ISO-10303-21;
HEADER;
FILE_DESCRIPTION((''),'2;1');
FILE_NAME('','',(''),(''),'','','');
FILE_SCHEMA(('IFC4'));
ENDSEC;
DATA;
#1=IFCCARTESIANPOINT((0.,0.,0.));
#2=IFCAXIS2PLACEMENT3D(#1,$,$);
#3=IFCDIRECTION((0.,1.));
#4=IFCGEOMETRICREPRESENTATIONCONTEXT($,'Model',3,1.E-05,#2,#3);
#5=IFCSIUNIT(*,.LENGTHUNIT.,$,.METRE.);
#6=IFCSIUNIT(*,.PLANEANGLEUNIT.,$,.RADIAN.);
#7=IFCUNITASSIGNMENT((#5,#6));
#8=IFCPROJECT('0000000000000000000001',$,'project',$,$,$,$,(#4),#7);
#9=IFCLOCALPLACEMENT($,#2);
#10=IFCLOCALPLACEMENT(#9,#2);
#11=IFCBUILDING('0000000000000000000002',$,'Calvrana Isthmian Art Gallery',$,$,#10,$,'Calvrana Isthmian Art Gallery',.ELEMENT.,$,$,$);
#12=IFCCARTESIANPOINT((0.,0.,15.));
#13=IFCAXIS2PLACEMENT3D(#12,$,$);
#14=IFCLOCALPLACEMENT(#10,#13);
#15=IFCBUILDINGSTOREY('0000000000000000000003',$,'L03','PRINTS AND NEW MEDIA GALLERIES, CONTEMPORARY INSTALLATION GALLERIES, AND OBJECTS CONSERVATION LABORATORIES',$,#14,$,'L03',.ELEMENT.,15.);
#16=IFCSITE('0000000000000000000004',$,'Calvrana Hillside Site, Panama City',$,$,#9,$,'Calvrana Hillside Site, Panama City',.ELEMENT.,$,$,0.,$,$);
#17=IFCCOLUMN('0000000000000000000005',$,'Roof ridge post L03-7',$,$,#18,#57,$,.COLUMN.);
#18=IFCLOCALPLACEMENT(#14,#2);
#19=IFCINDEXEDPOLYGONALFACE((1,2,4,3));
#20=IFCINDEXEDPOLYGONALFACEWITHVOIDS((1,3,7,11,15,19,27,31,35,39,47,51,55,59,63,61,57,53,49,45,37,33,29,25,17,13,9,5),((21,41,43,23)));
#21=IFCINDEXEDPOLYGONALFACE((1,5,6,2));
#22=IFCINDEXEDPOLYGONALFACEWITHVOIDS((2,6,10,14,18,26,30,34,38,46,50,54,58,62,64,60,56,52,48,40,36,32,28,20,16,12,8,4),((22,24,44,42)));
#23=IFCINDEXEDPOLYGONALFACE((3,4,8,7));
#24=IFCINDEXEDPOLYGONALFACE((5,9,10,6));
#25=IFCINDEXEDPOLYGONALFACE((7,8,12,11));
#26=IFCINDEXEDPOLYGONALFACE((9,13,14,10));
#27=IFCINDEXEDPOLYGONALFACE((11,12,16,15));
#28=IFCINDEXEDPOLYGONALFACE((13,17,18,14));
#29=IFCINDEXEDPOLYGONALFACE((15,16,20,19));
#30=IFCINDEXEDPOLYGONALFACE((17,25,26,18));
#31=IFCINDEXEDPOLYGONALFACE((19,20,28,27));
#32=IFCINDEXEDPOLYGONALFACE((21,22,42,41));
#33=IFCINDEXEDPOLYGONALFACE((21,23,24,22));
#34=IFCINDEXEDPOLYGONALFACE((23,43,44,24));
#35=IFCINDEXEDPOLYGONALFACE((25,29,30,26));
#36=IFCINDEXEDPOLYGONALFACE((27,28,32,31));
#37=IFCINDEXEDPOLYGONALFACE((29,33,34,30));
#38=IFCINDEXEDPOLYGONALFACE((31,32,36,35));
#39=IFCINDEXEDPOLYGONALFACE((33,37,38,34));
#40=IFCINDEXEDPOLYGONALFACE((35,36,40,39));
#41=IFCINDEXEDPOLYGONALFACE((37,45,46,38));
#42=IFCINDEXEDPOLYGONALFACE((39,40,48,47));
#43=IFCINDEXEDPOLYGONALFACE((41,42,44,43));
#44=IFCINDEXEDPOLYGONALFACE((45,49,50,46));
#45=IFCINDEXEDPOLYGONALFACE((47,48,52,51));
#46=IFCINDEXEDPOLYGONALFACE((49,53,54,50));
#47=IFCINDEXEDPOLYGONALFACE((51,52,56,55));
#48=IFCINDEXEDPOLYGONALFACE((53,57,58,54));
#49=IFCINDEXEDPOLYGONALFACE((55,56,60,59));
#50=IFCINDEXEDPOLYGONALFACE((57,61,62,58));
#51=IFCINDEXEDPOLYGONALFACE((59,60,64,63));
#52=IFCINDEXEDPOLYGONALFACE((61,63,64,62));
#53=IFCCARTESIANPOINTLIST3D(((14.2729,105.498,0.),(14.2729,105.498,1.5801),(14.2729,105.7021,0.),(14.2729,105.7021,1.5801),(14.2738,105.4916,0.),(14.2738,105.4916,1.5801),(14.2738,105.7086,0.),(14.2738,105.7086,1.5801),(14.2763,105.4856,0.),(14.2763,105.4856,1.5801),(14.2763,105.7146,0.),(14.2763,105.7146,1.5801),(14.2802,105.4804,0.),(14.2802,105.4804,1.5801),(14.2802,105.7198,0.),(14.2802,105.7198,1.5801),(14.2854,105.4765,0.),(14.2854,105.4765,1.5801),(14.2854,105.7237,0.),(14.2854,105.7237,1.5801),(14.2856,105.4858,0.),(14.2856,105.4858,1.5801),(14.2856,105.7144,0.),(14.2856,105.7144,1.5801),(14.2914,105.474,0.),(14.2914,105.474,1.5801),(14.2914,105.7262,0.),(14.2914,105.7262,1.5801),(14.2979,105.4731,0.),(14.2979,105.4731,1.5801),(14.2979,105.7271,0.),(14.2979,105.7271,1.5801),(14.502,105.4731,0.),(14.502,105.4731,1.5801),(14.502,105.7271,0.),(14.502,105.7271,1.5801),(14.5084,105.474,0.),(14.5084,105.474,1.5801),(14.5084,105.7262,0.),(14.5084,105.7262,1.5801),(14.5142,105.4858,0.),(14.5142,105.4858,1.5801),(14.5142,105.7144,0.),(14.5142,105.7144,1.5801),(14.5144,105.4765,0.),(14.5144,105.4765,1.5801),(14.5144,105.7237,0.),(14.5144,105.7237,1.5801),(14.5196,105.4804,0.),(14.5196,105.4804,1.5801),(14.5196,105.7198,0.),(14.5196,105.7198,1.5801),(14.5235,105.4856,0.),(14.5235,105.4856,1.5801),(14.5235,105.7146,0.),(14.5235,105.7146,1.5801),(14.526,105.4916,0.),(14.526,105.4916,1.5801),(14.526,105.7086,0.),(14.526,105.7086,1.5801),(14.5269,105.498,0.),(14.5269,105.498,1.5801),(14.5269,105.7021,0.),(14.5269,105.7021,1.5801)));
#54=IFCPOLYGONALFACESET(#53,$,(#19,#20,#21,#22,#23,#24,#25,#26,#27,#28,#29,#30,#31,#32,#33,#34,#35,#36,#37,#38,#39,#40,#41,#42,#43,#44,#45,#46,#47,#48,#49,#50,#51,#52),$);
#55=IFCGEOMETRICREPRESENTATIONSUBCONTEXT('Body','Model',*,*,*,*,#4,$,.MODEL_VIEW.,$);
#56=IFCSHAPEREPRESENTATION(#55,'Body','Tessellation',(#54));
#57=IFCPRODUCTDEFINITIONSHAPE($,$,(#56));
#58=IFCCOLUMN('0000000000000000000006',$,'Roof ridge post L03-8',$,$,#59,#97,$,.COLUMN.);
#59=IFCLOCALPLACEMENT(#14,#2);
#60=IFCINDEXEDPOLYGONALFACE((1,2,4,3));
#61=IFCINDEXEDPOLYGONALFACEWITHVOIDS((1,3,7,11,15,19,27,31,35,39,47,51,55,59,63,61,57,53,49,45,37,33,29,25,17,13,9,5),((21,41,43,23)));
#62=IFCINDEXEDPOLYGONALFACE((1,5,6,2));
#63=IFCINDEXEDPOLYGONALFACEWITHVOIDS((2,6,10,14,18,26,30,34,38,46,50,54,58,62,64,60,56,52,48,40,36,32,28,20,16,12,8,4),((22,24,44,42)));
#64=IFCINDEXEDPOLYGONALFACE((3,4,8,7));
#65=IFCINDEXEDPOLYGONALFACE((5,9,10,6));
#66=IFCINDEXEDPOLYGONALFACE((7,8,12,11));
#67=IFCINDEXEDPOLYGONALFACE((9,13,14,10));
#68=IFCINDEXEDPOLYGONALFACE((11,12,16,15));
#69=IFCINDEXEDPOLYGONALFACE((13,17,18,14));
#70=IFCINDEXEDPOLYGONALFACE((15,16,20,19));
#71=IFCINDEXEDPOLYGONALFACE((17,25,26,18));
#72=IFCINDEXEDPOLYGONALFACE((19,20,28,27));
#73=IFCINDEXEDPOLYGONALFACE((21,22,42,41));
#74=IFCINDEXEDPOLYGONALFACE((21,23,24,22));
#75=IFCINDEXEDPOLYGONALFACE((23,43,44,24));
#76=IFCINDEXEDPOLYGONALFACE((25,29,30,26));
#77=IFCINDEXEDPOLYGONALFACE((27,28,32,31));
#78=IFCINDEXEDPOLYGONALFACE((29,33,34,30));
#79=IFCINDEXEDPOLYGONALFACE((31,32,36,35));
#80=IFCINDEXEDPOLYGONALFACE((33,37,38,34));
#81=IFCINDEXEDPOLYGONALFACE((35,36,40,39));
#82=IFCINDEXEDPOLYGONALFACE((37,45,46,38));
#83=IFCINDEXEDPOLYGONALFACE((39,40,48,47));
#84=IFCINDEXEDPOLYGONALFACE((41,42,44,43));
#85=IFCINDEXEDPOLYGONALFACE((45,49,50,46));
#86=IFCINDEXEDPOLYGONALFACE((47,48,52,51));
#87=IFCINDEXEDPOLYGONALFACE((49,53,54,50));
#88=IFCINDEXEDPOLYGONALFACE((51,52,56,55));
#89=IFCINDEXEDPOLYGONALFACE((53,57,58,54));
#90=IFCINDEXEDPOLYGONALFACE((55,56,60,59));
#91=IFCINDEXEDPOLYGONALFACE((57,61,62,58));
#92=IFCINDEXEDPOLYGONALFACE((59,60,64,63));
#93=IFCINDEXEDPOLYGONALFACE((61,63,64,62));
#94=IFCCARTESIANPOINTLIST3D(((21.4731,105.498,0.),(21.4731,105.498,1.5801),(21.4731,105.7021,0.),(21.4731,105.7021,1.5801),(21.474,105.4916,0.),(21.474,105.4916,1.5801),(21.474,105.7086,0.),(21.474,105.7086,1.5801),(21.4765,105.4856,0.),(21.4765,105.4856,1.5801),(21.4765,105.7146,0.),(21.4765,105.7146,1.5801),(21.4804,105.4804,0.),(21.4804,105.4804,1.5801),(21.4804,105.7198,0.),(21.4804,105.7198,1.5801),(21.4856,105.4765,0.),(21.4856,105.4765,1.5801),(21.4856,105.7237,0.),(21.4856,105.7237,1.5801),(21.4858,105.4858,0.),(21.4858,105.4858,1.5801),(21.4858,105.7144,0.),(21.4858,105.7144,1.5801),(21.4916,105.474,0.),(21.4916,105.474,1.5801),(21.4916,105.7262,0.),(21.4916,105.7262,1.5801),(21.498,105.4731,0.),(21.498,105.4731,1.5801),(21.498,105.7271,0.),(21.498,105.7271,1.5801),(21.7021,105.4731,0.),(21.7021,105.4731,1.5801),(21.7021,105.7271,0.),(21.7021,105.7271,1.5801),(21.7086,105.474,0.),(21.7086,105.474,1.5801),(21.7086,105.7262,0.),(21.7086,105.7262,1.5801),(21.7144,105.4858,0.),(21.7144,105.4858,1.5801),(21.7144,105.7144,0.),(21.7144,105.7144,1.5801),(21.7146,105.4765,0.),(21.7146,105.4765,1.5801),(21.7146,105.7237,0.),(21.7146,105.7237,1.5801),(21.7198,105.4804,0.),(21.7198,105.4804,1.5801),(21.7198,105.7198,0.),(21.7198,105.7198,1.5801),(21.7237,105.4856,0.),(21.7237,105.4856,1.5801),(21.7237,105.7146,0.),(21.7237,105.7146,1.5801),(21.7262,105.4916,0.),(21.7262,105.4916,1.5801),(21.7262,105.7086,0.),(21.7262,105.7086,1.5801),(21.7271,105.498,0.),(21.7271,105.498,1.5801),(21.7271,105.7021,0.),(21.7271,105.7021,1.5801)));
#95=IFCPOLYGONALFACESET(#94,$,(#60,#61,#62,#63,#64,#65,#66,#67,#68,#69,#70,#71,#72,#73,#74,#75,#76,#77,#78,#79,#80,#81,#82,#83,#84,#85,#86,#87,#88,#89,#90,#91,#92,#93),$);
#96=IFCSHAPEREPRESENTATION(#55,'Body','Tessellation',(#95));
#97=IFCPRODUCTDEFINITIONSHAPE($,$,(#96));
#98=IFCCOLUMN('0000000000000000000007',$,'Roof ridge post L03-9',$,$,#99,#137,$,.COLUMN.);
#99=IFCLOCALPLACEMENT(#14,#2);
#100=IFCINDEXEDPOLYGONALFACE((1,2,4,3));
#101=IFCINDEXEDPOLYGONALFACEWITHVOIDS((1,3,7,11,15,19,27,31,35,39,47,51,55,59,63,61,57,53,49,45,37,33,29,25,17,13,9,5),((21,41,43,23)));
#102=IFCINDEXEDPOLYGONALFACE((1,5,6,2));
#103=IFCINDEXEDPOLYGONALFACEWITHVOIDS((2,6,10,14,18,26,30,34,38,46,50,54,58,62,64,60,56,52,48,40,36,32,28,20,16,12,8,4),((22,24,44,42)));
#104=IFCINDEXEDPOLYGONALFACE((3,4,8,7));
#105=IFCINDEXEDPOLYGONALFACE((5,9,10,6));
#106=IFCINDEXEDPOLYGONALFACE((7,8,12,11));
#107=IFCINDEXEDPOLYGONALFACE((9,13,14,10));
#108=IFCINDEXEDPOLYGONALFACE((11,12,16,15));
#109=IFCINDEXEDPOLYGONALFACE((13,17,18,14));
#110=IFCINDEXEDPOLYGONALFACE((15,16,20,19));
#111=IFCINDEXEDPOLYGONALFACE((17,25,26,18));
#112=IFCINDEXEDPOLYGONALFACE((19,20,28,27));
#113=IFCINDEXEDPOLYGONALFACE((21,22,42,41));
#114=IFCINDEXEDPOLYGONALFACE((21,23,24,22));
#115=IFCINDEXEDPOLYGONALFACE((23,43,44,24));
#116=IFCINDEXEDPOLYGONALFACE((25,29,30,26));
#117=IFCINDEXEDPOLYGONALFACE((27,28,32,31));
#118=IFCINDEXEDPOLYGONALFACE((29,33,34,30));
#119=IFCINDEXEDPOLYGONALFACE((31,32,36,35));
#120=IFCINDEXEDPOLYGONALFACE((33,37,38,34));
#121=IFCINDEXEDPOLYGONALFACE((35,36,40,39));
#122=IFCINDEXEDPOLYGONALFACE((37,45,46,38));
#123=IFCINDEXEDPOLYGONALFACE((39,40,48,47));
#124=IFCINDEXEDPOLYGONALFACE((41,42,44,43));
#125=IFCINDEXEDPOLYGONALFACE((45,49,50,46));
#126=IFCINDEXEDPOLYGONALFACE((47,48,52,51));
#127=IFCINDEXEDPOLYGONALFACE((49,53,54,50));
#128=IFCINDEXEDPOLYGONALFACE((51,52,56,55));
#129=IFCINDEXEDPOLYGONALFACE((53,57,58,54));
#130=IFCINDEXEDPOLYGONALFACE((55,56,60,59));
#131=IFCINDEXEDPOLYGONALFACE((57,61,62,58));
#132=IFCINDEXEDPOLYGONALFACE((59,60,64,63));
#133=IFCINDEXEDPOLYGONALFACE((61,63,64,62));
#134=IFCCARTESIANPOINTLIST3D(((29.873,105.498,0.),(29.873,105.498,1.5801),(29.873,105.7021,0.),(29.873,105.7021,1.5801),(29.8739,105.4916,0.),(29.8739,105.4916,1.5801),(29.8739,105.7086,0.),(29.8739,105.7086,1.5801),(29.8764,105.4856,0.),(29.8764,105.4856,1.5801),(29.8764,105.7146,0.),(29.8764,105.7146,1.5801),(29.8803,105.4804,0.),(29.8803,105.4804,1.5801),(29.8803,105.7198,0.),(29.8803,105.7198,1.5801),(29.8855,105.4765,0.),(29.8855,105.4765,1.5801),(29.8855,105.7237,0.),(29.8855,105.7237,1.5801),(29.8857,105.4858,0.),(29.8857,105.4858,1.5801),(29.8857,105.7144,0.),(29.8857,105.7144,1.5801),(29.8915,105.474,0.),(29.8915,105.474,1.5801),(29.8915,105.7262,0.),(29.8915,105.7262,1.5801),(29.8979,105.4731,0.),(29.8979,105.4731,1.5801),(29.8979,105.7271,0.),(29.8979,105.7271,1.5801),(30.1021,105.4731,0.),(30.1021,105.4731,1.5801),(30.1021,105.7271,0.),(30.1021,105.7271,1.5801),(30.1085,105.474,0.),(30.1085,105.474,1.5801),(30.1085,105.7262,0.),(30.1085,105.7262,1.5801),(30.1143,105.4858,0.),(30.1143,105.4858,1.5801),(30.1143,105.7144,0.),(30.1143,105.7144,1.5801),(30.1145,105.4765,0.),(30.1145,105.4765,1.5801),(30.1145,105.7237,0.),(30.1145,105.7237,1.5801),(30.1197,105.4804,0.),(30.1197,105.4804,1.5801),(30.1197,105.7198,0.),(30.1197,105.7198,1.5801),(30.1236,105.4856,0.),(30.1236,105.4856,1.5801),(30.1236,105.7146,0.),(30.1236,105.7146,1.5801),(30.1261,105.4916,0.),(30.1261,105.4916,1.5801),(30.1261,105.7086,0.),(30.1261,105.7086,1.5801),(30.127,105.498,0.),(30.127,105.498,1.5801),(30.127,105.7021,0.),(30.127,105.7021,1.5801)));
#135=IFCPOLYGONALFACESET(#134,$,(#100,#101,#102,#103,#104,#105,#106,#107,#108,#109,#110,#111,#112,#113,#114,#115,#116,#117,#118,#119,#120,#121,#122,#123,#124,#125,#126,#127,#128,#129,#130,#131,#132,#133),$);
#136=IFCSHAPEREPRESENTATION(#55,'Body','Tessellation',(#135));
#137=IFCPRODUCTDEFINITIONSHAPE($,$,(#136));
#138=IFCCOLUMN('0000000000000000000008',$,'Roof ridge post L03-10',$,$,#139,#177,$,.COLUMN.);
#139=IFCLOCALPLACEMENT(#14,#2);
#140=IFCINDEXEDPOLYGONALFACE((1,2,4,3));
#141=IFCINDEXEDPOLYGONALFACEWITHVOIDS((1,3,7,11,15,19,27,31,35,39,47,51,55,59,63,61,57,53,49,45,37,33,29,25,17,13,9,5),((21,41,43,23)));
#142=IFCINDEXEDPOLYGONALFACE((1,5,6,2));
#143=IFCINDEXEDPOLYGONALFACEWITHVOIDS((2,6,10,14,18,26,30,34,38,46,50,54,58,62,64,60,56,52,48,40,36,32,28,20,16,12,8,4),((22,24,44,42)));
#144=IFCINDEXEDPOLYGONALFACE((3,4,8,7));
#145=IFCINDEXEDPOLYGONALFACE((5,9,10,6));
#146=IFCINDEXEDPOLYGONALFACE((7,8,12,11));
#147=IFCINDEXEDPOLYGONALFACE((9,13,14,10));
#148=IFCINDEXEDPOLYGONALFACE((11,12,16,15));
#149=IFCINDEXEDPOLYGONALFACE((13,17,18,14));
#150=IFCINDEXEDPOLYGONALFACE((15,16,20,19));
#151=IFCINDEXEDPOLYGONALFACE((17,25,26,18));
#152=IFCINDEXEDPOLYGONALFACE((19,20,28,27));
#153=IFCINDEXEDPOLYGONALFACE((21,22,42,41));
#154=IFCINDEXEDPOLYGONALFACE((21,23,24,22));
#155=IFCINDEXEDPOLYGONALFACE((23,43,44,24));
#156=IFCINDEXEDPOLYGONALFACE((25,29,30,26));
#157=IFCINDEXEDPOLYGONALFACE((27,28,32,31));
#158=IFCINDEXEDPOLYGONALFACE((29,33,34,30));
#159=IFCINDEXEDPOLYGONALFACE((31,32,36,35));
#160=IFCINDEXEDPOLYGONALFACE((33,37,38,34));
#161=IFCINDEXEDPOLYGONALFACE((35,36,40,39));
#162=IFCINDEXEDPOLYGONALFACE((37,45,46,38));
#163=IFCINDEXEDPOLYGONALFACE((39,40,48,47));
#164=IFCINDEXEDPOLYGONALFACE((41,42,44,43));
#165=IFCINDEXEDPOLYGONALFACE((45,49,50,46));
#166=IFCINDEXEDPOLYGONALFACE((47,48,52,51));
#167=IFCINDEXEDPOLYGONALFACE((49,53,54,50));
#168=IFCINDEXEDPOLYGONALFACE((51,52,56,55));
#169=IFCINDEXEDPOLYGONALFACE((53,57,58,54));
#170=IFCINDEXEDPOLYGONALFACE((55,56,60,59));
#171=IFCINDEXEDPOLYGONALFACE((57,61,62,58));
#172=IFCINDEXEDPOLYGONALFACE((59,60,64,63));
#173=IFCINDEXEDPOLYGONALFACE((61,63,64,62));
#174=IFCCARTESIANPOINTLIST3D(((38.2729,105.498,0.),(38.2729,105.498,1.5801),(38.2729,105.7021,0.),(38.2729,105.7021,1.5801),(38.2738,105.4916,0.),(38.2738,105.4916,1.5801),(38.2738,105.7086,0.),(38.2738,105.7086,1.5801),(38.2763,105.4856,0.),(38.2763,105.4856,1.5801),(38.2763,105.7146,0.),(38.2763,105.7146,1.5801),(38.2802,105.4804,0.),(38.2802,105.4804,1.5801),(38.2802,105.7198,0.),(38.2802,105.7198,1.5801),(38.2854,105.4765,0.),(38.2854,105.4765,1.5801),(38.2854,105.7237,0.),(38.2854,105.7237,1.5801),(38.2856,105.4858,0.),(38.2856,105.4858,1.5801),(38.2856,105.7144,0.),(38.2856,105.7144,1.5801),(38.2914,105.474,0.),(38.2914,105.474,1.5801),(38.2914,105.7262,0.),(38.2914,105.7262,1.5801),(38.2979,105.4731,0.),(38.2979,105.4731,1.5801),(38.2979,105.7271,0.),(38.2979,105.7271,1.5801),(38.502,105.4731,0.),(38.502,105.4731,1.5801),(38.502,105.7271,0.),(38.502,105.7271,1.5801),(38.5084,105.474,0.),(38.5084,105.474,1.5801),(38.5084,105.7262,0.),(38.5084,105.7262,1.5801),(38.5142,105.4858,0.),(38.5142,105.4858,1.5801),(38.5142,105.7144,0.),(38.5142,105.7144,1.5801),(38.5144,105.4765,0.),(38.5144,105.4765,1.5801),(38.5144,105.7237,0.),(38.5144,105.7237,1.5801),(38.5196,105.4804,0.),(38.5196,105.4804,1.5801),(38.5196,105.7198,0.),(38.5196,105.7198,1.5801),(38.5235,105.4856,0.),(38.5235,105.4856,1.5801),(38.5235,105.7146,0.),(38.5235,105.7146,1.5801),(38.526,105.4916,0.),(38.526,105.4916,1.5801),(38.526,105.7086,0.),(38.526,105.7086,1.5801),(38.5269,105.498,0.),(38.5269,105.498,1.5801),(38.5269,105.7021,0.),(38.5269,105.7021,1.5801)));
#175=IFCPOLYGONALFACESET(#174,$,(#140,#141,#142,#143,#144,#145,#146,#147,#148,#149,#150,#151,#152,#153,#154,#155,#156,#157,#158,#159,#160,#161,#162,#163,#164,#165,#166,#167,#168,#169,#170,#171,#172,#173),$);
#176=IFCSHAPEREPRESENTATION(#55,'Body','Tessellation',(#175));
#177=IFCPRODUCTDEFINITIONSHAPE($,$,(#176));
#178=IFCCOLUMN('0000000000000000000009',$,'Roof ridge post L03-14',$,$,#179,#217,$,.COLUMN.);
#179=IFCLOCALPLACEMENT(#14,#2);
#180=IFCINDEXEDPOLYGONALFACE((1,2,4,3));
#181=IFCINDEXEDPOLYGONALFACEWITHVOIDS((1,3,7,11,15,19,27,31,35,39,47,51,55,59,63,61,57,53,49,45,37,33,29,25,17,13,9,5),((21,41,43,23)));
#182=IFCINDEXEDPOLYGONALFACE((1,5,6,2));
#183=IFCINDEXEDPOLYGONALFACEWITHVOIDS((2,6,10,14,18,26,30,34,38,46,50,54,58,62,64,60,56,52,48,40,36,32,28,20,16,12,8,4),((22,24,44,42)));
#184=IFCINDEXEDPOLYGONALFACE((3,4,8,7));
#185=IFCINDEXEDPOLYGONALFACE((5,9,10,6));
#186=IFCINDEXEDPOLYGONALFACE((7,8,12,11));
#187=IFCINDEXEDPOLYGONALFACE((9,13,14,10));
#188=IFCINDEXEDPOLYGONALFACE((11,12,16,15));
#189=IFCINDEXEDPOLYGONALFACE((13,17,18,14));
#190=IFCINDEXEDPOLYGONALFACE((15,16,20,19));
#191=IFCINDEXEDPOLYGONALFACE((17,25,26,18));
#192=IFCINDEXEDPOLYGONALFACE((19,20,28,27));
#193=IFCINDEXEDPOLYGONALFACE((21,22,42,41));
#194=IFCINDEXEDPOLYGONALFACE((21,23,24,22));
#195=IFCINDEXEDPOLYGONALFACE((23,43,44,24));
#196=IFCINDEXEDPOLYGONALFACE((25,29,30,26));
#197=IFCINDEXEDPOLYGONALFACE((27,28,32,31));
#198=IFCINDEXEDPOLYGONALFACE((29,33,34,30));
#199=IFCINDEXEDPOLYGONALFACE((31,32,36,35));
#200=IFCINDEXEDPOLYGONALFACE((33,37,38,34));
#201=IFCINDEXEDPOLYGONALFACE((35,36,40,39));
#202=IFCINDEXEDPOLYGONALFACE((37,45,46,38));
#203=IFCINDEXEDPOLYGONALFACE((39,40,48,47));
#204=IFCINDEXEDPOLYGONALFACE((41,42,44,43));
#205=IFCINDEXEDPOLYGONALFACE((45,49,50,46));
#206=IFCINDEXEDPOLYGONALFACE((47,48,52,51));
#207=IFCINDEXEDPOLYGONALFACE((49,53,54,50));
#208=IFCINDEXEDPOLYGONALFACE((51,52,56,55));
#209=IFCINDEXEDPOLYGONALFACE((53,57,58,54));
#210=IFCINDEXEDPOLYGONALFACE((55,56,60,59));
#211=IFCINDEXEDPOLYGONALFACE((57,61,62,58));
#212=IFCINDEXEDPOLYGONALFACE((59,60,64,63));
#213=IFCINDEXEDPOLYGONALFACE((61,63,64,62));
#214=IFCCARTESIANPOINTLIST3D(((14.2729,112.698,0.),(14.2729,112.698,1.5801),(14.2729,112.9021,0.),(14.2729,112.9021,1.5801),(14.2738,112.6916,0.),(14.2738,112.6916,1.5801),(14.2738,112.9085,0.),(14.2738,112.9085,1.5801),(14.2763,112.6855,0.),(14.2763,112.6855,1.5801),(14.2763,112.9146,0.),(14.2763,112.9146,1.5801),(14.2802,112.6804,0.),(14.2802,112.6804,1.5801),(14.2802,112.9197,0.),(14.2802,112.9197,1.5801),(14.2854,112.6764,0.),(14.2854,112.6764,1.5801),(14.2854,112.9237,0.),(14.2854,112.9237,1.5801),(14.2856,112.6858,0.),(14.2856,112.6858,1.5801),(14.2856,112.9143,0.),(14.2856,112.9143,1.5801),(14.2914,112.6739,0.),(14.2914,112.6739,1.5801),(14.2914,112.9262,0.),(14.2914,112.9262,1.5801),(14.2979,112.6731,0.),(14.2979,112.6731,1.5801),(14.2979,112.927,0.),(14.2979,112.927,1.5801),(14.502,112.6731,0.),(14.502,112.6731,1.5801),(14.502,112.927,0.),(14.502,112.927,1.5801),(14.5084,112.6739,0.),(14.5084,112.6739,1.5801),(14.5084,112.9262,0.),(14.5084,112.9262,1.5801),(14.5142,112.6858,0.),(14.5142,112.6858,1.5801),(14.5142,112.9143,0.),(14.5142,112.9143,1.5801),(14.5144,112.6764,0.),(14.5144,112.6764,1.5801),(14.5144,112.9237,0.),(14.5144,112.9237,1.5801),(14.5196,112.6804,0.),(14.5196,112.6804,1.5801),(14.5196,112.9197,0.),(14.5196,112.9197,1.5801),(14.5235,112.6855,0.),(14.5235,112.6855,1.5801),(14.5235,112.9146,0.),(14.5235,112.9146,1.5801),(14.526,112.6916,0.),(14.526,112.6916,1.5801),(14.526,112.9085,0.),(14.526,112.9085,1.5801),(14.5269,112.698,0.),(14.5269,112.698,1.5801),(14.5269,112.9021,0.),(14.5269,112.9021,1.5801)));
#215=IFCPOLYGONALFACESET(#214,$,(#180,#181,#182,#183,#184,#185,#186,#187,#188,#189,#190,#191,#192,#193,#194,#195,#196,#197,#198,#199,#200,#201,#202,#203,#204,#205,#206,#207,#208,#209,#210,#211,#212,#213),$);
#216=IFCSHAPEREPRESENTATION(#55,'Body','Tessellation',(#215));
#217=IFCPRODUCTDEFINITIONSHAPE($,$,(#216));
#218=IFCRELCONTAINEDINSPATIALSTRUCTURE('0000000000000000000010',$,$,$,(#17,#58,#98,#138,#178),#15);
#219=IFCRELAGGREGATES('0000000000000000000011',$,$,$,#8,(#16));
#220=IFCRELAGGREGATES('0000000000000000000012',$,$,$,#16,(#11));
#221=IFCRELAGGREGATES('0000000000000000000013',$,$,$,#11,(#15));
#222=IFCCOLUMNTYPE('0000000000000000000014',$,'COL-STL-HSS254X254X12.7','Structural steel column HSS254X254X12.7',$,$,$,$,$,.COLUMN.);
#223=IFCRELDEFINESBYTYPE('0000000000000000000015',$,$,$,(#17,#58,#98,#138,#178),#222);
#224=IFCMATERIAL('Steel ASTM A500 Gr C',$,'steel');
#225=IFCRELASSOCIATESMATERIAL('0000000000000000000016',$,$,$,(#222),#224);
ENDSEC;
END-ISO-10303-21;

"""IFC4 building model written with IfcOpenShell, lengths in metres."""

from ifc_helpers import new_model, si_unit, direction, frame, origin, origin_2d, place, context, subcontext, project, spatial, hollow_rectangle, extrude, material, material_profile, profile_set, type_object, element, save


model = new_model("IFC4")

# Units and contexts
model_context = context("Model", 3, precision=1e-05, world=origin(), true_north=direction((0.0, 1.0)))
body_context = subcontext(model_context, "Body", "Model", "MODEL_VIEW")
ifc_project = project(units=[si_unit("LENGTHUNIT", "METRE"), si_unit("PLANEANGLEUNIT", "RADIAN")], contexts=[model_context])

# Site, building, storey
site_placement = place(None, origin())
site = spatial("IfcSite", under=ifc_project, at=site_placement, Name="Calvrana Hillside Site, Panama City", LongName="Calvrana Hillside Site, Panama City", CompositionType="ELEMENT", RefElevation=0.0)
building_placement = place(site_placement, origin())
building = spatial("IfcBuilding", under=site, at=building_placement, Name="Calvrana Isthmian Art Gallery", LongName="Calvrana Isthmian Art Gallery", CompositionType="ELEMENT")
storey_placement = place(building_placement, frame((0.0, 0.0, 15.0)))
storey = spatial("IfcBuildingStorey", under=building, at=storey_placement, Name="L03", Description="PRINTS AND NEW MEDIA GALLERIES, CONTEMPORARY INSTALLATION GALLERIES, AND OBJECTS CONSERVATION LABORATORIES", LongName="L03", CompositionType="ELEMENT", Elevation=15.0)

# Columns
ifc_material_1 = material(Name="Steel ASTM A500 Gr C", Category="steel")
ifc_material_profile_1 = material_profile(ifc_material_1, hollow_rectangle(XDim=0.2539, YDim=0.2539, WallThickness=0.0127, OuterFilletRadius=0.0249, at=origin_2d()), Name="HSS254X254X12.7")
ifc_profile_set_1 = profile_set([ifc_material_profile_1], Name="Steel ASTM A500 Gr C")
column_type = type_object("IfcColumnType", Name="COL-STL-HSS254X254X12.7", Description="Structural steel column HSS254X254X12.7", PredefinedType="COLUMN", material=ifc_profile_set_1)
for number, where, z_axis, x_axis, name in (
    (1, (14.3999, 105.6001, 0.0), (0.0, 0.0, 1.0), (1.0, 0.0, 0.0), "Roof ridge post L03-7"),
    (2, (21.6001, 105.6001, 0.0), (0.0, 0.0, 1.0), (1.0, 0.0, 0.0), "Roof ridge post L03-8"),
    (3, (30.0, 105.6001, 0.0), (0.0, 0.0, 1.0), (1.0, 0.0, 0.0), "Roof ridge post L03-9"),
    (4, (38.3999, 105.6001, 0.0), (0.0, 0.0, 1.0), (1.0, 0.0, 0.0), "Roof ridge post L03-10"),
    (5, (14.3999, 112.8, 0.0), (0.0, 0.0, 1.0), (1.0, 0.0, 0.0), "Roof ridge post L03-14"),
):
    element("IfcColumn", number, at=place(storey_placement, frame(where, z_axis=z_axis, x_axis=x_axis)), inside=storey, type_object=column_type, Name=name, PredefinedType="COLUMN", context=body_context, shape_type="SweptSolid", body=[
        extrude(hollow_rectangle(XDim=0.2539, YDim=0.2539, WallThickness=0.0127, OuterFilletRadius=0.0249, at=origin_2d()), origin(), (0.0, 0.0, 1.0), 1.5801),
    ])

save(model, "model.ifc")
